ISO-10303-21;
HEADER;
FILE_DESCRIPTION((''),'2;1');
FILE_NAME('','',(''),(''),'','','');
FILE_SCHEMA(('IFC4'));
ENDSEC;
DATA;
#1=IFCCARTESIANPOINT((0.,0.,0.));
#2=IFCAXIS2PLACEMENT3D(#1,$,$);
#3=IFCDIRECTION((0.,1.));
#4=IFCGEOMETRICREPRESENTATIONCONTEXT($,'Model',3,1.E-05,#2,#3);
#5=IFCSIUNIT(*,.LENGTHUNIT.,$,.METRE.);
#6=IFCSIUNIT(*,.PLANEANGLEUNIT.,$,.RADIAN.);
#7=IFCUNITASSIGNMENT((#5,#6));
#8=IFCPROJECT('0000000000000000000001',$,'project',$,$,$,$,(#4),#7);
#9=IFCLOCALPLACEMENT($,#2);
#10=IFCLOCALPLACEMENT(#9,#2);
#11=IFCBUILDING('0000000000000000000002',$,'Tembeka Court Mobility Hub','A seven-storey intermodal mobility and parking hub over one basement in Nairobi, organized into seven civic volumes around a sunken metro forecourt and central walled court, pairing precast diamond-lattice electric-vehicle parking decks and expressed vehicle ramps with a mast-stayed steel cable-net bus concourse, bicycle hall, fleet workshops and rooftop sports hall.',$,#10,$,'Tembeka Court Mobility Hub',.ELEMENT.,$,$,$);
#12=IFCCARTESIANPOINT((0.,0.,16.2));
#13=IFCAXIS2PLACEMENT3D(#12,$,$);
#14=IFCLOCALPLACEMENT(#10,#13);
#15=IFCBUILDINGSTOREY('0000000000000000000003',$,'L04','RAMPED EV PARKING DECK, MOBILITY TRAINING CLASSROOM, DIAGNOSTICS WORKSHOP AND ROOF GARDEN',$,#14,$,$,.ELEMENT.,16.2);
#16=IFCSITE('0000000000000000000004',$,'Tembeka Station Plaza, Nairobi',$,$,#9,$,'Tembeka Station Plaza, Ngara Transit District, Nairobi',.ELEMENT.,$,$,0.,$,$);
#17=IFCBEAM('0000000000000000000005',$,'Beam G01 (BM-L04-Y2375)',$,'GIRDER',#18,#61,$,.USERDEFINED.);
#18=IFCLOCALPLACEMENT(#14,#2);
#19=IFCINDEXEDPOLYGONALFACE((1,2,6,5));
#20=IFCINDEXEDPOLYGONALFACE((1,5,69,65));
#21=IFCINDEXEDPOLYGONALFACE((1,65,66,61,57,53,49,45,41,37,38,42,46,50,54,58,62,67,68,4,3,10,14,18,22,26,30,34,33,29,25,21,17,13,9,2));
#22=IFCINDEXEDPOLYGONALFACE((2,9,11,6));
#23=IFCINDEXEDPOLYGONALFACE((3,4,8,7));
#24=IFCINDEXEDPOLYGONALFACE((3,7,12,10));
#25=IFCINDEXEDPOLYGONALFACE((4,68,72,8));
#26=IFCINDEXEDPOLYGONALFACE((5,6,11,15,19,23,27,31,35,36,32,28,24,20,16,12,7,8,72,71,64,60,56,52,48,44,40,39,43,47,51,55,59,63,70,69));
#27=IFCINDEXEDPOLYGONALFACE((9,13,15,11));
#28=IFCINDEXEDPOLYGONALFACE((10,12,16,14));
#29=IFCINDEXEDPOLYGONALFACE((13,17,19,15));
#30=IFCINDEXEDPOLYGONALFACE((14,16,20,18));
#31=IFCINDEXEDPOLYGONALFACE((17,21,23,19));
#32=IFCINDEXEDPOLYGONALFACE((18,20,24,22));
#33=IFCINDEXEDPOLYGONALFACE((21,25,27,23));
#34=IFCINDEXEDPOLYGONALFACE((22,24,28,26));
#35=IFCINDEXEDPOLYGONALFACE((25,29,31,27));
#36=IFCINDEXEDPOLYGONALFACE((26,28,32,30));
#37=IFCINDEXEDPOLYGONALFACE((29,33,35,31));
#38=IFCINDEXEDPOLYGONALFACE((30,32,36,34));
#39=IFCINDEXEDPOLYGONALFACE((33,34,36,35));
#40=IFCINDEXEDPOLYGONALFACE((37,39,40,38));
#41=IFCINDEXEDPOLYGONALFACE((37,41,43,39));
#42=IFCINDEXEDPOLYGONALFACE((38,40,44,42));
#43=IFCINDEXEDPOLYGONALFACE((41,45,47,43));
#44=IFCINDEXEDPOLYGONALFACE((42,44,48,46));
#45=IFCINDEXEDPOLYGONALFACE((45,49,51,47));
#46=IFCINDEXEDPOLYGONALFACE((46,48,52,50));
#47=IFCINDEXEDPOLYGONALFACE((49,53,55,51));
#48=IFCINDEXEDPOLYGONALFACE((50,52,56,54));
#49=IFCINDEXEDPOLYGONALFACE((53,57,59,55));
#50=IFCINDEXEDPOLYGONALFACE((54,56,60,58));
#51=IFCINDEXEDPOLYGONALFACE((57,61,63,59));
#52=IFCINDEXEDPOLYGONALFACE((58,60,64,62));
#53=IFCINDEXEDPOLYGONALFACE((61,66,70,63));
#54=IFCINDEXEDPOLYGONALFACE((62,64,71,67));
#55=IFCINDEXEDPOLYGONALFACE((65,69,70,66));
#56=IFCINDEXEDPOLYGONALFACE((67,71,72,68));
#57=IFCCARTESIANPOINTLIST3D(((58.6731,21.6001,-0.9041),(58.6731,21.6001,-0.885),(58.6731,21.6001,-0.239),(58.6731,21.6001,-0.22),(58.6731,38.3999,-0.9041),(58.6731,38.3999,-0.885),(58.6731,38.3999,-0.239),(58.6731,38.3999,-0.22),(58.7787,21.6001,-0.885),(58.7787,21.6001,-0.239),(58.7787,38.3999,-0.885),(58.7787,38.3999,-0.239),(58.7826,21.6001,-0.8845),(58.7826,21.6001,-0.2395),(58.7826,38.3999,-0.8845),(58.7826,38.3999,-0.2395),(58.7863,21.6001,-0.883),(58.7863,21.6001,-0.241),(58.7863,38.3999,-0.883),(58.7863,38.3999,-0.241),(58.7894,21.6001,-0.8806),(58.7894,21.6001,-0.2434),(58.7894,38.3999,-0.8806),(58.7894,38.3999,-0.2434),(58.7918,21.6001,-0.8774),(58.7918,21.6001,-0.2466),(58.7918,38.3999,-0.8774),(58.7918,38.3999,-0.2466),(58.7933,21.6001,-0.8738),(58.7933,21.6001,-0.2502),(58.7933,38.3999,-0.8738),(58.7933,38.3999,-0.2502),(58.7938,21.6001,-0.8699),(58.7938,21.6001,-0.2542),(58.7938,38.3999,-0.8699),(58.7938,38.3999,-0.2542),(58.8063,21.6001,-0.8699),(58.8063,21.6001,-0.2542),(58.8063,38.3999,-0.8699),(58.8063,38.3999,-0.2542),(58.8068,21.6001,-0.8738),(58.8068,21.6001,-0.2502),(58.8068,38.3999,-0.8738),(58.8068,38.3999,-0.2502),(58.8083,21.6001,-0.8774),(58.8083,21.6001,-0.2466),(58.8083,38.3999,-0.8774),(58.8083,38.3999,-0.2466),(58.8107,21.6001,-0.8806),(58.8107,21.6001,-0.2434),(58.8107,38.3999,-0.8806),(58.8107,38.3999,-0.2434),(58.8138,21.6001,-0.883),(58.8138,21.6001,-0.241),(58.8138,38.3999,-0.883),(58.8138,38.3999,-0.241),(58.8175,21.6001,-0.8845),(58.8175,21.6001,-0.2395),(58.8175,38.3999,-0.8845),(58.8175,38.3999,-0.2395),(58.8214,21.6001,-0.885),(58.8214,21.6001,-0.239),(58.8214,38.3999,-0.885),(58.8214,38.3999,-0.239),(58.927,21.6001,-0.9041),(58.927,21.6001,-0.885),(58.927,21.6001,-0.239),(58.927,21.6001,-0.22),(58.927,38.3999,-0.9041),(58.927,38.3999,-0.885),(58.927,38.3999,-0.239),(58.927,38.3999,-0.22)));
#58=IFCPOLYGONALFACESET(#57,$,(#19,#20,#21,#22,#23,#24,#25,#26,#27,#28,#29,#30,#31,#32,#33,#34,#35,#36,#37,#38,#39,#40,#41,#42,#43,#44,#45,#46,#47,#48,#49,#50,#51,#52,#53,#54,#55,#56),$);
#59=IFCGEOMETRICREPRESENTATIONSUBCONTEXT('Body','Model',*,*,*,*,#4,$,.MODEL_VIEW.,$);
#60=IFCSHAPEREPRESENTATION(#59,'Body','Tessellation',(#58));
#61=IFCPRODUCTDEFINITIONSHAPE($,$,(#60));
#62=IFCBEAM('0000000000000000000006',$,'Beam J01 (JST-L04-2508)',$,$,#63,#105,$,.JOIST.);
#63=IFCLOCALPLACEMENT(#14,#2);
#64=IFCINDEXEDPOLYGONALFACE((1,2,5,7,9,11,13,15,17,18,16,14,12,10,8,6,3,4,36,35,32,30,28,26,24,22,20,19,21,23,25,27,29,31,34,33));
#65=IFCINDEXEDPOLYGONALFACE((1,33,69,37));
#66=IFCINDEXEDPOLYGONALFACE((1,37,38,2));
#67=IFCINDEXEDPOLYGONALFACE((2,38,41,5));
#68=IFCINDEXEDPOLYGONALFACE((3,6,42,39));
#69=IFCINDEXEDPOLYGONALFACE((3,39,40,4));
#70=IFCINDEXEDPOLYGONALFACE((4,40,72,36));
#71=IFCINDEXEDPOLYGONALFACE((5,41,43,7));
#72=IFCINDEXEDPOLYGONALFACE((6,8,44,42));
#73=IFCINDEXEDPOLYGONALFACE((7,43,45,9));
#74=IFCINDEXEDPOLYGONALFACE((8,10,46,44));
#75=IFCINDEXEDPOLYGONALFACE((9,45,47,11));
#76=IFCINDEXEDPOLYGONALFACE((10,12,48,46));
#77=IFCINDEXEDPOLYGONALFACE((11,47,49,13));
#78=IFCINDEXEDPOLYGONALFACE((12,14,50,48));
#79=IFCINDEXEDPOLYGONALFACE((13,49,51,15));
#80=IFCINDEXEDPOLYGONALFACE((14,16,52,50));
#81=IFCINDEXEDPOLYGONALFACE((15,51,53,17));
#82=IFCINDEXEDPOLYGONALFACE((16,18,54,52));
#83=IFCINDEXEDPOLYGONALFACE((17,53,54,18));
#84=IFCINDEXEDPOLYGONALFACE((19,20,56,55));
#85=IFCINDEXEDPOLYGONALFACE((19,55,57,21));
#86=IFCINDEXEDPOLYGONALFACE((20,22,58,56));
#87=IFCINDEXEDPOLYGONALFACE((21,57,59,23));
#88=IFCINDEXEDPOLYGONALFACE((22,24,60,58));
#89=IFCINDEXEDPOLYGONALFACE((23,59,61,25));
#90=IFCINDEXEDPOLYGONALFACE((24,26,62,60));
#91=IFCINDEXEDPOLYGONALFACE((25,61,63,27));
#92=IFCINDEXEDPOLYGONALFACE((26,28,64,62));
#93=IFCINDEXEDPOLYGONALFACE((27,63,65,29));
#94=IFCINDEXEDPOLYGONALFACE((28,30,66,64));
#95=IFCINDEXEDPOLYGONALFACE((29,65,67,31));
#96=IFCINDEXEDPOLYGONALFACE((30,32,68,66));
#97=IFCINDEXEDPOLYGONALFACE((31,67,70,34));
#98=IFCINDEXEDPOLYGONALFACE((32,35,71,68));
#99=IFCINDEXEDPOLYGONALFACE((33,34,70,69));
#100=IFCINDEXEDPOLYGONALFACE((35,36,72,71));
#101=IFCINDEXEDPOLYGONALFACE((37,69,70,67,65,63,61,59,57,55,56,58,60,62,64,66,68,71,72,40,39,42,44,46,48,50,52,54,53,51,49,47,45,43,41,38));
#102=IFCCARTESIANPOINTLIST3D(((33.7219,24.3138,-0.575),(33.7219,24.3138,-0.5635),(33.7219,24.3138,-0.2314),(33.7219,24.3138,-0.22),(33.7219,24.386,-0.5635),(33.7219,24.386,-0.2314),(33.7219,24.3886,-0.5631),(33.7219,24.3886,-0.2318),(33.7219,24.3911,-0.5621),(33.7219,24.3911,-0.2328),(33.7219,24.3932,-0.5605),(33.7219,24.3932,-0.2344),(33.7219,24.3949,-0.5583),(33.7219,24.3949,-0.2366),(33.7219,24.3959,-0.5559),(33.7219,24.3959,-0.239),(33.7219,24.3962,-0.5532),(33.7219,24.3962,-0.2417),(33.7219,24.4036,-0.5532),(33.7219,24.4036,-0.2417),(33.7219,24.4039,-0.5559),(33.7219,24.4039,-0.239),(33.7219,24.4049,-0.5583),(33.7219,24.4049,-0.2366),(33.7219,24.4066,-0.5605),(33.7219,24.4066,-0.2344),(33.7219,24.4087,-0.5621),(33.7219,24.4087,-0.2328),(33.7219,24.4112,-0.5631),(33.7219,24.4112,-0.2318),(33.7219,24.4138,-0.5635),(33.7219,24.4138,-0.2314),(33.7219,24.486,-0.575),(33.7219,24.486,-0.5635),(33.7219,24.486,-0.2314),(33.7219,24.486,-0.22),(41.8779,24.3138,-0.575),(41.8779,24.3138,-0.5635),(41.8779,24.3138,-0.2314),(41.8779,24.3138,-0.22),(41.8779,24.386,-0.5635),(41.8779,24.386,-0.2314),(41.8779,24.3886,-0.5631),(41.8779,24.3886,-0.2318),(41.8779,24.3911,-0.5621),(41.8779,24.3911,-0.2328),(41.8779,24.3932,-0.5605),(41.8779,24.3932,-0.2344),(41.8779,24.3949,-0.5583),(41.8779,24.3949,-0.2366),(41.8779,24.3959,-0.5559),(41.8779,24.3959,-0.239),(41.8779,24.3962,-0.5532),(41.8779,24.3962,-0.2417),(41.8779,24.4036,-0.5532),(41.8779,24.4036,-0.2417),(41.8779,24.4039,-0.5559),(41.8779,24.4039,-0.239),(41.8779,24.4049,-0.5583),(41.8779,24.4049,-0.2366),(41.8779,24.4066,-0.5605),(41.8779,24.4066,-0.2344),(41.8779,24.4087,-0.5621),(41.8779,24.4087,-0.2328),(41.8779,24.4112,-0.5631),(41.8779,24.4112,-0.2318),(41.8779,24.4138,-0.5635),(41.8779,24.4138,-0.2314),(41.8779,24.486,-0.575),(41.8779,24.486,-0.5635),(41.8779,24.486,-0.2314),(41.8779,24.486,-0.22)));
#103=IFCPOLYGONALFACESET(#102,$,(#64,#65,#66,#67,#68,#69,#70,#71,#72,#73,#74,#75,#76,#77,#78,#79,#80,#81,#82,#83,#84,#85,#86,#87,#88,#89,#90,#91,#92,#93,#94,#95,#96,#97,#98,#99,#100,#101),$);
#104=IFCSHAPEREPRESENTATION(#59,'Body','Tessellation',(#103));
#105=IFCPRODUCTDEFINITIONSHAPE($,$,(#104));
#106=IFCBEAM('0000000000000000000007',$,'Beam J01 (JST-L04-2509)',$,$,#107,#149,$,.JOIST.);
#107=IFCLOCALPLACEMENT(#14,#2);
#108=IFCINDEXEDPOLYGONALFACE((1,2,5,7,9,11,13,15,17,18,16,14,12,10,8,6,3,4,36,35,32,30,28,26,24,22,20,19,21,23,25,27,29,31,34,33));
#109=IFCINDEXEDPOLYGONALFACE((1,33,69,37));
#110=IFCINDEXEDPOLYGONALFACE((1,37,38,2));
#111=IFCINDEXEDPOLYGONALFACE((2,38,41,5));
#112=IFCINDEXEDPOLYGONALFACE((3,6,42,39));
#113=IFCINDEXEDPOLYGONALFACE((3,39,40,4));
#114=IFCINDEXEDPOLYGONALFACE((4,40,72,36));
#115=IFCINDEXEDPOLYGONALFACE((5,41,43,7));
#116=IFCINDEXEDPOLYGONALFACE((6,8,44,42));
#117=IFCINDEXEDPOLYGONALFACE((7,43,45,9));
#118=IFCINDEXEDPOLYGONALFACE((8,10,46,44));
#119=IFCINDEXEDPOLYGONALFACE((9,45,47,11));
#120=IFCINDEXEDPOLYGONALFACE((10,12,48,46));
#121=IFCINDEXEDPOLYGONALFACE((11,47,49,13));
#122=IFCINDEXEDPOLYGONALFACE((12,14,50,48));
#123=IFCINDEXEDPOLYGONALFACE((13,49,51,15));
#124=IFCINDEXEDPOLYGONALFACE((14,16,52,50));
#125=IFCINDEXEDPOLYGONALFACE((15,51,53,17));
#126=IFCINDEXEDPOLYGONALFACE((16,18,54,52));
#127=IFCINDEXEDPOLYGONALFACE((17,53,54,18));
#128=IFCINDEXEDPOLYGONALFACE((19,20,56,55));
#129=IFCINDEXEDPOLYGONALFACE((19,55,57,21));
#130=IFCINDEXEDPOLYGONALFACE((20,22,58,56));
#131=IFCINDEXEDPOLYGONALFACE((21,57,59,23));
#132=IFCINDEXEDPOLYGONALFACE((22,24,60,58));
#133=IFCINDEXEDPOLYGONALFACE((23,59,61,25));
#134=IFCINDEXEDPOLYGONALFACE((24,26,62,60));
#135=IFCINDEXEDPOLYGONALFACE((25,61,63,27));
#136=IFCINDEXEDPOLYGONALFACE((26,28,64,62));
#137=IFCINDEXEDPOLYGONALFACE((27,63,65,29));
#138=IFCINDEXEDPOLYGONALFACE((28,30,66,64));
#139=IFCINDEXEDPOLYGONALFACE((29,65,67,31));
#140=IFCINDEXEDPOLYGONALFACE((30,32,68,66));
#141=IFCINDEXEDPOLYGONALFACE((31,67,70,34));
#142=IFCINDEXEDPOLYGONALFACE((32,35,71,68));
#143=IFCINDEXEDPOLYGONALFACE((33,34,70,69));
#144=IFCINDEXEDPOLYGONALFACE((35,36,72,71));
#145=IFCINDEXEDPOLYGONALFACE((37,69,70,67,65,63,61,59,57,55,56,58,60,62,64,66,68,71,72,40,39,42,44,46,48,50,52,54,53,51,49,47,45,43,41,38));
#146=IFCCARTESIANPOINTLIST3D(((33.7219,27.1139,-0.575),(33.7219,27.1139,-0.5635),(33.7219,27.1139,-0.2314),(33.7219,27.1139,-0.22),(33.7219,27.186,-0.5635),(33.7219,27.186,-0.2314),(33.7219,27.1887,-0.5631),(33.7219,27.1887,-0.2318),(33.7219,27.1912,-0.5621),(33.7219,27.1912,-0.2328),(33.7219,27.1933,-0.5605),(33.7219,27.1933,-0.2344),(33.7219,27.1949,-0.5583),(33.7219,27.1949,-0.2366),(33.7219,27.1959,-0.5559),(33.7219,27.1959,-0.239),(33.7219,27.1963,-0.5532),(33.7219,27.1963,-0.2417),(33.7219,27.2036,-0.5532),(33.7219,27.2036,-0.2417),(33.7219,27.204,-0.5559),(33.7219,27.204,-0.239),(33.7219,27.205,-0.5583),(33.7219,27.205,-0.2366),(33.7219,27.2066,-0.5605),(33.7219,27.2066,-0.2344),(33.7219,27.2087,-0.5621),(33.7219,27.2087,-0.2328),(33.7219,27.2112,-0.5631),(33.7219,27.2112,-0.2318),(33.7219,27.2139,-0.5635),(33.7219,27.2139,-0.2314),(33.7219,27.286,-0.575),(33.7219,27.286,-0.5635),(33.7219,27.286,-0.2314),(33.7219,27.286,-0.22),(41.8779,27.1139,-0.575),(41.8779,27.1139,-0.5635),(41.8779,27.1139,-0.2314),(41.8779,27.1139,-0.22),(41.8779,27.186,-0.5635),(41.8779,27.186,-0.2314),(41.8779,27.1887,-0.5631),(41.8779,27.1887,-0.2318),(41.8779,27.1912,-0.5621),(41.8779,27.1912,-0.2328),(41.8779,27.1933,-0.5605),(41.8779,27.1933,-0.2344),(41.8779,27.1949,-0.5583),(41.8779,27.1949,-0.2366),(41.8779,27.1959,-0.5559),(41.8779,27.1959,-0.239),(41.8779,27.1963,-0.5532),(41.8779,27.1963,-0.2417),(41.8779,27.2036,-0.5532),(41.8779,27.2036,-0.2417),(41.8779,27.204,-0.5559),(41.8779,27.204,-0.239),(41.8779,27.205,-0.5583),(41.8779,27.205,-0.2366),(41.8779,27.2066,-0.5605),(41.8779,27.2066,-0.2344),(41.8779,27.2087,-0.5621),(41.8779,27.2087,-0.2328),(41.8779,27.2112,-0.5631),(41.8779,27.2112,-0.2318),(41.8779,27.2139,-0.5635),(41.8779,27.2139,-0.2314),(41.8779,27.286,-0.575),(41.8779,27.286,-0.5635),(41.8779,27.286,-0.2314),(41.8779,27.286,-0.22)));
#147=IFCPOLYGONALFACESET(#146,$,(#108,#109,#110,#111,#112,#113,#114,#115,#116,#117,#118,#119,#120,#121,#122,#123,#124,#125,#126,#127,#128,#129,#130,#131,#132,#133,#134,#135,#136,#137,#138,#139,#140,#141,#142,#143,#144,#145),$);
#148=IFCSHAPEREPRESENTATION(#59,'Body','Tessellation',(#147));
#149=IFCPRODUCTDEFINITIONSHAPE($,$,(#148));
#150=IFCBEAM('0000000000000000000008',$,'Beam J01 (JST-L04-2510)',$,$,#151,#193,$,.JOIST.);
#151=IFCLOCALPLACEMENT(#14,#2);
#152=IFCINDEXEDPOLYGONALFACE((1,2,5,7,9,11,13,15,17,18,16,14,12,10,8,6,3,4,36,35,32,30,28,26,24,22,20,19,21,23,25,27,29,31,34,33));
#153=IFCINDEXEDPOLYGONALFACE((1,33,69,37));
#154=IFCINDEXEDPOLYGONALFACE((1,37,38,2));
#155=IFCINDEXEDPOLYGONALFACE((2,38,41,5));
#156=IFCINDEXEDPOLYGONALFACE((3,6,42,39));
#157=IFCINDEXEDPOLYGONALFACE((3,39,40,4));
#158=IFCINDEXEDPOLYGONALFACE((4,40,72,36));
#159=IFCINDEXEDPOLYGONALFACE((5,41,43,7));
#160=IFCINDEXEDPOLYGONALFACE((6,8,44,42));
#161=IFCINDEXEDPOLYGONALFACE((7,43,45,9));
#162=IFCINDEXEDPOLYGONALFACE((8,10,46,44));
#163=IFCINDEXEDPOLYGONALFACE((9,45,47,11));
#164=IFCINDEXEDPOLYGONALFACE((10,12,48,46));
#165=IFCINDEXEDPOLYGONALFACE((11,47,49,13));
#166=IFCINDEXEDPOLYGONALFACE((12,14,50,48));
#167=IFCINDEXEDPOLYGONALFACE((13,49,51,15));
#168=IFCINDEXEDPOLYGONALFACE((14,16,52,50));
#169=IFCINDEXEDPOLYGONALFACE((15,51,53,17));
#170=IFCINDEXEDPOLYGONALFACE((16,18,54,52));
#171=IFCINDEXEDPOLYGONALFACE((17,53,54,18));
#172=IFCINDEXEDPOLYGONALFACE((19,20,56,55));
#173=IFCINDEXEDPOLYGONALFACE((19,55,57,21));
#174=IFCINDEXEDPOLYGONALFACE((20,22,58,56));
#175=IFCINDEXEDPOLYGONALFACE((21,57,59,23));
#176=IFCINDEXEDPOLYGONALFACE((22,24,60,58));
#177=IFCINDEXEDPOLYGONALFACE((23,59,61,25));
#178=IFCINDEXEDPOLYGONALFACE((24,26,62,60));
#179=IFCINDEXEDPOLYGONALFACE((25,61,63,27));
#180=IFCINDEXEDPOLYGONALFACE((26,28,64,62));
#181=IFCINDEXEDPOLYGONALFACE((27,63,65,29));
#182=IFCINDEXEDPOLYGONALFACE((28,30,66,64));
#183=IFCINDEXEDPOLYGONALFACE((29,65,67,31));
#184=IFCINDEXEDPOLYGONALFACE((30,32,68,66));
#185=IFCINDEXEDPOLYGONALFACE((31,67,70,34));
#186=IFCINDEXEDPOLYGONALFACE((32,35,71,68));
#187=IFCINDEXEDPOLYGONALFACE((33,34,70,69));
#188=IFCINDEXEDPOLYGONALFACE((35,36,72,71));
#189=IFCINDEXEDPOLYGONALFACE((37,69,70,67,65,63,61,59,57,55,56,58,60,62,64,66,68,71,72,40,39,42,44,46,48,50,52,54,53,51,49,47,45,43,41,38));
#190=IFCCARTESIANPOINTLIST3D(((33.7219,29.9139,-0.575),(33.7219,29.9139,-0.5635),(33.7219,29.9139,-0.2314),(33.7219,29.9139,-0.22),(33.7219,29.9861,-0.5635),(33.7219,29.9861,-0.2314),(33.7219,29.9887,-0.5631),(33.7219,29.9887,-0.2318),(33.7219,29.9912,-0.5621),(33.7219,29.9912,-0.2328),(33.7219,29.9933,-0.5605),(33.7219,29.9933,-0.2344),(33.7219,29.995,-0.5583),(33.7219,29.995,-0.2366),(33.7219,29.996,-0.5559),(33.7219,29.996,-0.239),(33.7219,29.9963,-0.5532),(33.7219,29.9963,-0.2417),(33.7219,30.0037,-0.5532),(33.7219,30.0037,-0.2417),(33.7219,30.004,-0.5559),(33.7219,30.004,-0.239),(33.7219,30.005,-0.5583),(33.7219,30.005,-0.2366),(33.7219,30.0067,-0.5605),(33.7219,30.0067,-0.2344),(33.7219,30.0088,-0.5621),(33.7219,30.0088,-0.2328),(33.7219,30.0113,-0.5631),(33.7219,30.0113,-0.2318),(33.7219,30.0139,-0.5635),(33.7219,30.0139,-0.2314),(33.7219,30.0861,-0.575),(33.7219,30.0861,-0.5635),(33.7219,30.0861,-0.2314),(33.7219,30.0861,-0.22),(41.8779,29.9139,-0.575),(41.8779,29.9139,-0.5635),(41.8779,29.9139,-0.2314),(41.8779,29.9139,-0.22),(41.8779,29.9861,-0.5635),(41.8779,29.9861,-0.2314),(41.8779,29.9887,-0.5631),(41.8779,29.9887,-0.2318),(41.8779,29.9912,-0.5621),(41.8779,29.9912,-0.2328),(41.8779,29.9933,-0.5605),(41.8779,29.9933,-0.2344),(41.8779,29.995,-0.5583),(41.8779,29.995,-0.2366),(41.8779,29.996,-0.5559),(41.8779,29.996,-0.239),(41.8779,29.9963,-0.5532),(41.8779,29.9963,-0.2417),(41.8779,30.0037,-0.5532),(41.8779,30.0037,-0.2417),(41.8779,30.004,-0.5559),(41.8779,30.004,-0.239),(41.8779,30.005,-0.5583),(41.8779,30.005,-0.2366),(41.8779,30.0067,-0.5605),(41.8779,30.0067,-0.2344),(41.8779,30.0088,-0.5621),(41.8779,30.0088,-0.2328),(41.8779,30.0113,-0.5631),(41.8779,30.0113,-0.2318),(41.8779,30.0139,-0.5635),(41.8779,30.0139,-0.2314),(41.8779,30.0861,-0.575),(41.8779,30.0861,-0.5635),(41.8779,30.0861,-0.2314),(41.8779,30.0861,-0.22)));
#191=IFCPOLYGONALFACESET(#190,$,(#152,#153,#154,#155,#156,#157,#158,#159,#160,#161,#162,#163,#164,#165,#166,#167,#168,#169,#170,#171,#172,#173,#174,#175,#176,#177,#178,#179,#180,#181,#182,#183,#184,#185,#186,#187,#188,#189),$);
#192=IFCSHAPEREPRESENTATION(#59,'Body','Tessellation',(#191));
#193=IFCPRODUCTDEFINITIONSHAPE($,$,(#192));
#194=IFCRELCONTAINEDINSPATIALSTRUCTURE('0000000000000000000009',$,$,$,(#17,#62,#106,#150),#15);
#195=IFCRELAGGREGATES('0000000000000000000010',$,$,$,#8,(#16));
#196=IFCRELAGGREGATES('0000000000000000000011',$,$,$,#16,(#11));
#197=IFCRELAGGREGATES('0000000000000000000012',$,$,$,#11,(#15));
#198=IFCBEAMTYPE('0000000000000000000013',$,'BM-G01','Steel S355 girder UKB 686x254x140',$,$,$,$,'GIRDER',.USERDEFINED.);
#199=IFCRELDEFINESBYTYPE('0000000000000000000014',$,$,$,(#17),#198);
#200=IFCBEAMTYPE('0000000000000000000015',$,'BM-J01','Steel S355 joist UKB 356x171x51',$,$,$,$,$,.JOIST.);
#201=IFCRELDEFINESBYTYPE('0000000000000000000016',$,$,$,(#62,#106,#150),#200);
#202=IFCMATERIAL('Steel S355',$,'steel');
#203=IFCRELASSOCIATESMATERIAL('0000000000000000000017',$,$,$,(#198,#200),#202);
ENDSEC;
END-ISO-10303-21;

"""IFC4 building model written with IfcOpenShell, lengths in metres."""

from ifc_helpers import new_model, si_unit, direction, frame, origin, origin_2d, place, context, subcontext, project, spatial, i_section, extrude, material, material_profile, profile_set, type_object, element, save


model = new_model("IFC4")

# Units and contexts
model_context = context("Model", 3, precision=1e-05, world=origin(), true_north=direction((0.0, 1.0)))
body_context = subcontext(model_context, "Body", "Model", "MODEL_VIEW")
ifc_project = project(units=[si_unit("LENGTHUNIT", "METRE"), si_unit("PLANEANGLEUNIT", "RADIAN")], contexts=[model_context])

# Site, building, storey
site_placement = place(None, origin())
site = spatial("IfcSite", under=ifc_project, at=site_placement, Name="Tembeka Station Plaza, Nairobi", LongName="Tembeka Station Plaza, Ngara Transit District, Nairobi", CompositionType="ELEMENT", RefElevation=0.0)
building_placement = place(site_placement, origin())
building = spatial("IfcBuilding", under=site, at=building_placement, Name="Tembeka Court Mobility Hub", Description="A seven-storey intermodal mobility and parking hub over one basement in Nairobi, organized into seven civic volumes around a sunken metro forecourt and central walled court, pairing precast diamond-lattice electric-vehicle parking decks and expressed vehicle ramps with a mast-stayed steel cable-net bus concourse, bicycle hall, fleet workshops and rooftop sports hall.", LongName="Tembeka Court Mobility Hub", CompositionType="ELEMENT")
storey_placement = place(building_placement, frame((0.0, 0.0, 16.2)))
storey = spatial("IfcBuildingStorey", under=building, at=storey_placement, Name="L04", Description="RAMPED EV PARKING DECK, MOBILITY TRAINING CLASSROOM, DIAGNOSTICS WORKSHOP AND ROOF GARDEN", CompositionType="ELEMENT", Elevation=16.2)

# Shared definitions
ifc_material_1 = material(Name="Steel S355", Category="steel")

# Beams
ifc_material_profile_1 = material_profile(ifc_material_1, i_section(OverallWidth=0.2539, OverallDepth=0.6841, WebThickness=0.0125, FlangeThickness=0.019, FilletRadius=0.0151, at=origin_2d()), Name="UKB 686x254x140")
ifc_profile_set_1 = profile_set([ifc_material_profile_1], Name="Steel S355")
beam_type_1 = type_object("IfcBeamType", Name="BM-G01", Description="Steel S355 girder UKB 686x254x140", ElementType="GIRDER", PredefinedType="USERDEFINED", material=ifc_profile_set_1)
for number, where, z_axis, x_axis, name in (
    (1, (58.8, 21.6001, -0.562), (0.0, 1.0, 0.0), (-1.0, 0.0, 0.0), "Beam G01 (BM-L04-Y2375)"),
):
    element("IfcBeam", number, at=place(storey_placement, frame(where, z_axis=z_axis, x_axis=x_axis)), inside=storey, type_object=beam_type_1, Name=name, ObjectType="GIRDER", PredefinedType="USERDEFINED", context=body_context, shape_type="SweptSolid", body=[
        extrude(i_section(OverallWidth=0.2539, OverallDepth=0.6841, WebThickness=0.0125, FlangeThickness=0.019, FilletRadius=0.0151, at=origin_2d()), origin(), (0.0, 0.0, 1.0), 16.7998),
    ])
ifc_material_profile_2 = material_profile(ifc_material_1, i_section(OverallWidth=0.1721, OverallDepth=0.355, WebThickness=0.0073, FlangeThickness=0.0115, FilletRadius=0.0103, at=origin_2d()), Name="UKB 356x171x51")
ifc_profile_set_2 = profile_set([ifc_material_profile_2], Name="Steel S355")
beam_type_2 = type_object("IfcBeamType", Name="BM-J01", Description="Steel S355 joist UKB 356x171x51", PredefinedType="JOIST", material=ifc_profile_set_2)
for number, where, z_axis, x_axis, name in (
    (2, (33.7219, 24.3999, -0.3975), (1.0, 0.0, 0.0), (0.0, 1.0, 0.0), "Beam J01 (JST-L04-2508)"),
    (3, (33.7219, 27.2, -0.3975), (1.0, 0.0, 0.0), (0.0, 1.0, 0.0), "Beam J01 (JST-L04-2509)"),
    (4, (33.7219, 30.0, -0.3975), (1.0, 0.0, 0.0), (0.0, 1.0, 0.0), "Beam J01 (JST-L04-2510)"),
):
    element("IfcBeam", number, at=place(storey_placement, frame(where, z_axis=z_axis, x_axis=x_axis)), inside=storey, type_object=beam_type_2, Name=name, PredefinedType="JOIST", context=body_context, shape_type="SweptSolid", body=[
        extrude(i_section(OverallWidth=0.1721, OverallDepth=0.355, WebThickness=0.0073, FlangeThickness=0.0115, FilletRadius=0.0103, at=origin_2d()), origin(), (0.0, 0.0, 1.0), 8.156),
    ])

save(model, "model.ifc")
